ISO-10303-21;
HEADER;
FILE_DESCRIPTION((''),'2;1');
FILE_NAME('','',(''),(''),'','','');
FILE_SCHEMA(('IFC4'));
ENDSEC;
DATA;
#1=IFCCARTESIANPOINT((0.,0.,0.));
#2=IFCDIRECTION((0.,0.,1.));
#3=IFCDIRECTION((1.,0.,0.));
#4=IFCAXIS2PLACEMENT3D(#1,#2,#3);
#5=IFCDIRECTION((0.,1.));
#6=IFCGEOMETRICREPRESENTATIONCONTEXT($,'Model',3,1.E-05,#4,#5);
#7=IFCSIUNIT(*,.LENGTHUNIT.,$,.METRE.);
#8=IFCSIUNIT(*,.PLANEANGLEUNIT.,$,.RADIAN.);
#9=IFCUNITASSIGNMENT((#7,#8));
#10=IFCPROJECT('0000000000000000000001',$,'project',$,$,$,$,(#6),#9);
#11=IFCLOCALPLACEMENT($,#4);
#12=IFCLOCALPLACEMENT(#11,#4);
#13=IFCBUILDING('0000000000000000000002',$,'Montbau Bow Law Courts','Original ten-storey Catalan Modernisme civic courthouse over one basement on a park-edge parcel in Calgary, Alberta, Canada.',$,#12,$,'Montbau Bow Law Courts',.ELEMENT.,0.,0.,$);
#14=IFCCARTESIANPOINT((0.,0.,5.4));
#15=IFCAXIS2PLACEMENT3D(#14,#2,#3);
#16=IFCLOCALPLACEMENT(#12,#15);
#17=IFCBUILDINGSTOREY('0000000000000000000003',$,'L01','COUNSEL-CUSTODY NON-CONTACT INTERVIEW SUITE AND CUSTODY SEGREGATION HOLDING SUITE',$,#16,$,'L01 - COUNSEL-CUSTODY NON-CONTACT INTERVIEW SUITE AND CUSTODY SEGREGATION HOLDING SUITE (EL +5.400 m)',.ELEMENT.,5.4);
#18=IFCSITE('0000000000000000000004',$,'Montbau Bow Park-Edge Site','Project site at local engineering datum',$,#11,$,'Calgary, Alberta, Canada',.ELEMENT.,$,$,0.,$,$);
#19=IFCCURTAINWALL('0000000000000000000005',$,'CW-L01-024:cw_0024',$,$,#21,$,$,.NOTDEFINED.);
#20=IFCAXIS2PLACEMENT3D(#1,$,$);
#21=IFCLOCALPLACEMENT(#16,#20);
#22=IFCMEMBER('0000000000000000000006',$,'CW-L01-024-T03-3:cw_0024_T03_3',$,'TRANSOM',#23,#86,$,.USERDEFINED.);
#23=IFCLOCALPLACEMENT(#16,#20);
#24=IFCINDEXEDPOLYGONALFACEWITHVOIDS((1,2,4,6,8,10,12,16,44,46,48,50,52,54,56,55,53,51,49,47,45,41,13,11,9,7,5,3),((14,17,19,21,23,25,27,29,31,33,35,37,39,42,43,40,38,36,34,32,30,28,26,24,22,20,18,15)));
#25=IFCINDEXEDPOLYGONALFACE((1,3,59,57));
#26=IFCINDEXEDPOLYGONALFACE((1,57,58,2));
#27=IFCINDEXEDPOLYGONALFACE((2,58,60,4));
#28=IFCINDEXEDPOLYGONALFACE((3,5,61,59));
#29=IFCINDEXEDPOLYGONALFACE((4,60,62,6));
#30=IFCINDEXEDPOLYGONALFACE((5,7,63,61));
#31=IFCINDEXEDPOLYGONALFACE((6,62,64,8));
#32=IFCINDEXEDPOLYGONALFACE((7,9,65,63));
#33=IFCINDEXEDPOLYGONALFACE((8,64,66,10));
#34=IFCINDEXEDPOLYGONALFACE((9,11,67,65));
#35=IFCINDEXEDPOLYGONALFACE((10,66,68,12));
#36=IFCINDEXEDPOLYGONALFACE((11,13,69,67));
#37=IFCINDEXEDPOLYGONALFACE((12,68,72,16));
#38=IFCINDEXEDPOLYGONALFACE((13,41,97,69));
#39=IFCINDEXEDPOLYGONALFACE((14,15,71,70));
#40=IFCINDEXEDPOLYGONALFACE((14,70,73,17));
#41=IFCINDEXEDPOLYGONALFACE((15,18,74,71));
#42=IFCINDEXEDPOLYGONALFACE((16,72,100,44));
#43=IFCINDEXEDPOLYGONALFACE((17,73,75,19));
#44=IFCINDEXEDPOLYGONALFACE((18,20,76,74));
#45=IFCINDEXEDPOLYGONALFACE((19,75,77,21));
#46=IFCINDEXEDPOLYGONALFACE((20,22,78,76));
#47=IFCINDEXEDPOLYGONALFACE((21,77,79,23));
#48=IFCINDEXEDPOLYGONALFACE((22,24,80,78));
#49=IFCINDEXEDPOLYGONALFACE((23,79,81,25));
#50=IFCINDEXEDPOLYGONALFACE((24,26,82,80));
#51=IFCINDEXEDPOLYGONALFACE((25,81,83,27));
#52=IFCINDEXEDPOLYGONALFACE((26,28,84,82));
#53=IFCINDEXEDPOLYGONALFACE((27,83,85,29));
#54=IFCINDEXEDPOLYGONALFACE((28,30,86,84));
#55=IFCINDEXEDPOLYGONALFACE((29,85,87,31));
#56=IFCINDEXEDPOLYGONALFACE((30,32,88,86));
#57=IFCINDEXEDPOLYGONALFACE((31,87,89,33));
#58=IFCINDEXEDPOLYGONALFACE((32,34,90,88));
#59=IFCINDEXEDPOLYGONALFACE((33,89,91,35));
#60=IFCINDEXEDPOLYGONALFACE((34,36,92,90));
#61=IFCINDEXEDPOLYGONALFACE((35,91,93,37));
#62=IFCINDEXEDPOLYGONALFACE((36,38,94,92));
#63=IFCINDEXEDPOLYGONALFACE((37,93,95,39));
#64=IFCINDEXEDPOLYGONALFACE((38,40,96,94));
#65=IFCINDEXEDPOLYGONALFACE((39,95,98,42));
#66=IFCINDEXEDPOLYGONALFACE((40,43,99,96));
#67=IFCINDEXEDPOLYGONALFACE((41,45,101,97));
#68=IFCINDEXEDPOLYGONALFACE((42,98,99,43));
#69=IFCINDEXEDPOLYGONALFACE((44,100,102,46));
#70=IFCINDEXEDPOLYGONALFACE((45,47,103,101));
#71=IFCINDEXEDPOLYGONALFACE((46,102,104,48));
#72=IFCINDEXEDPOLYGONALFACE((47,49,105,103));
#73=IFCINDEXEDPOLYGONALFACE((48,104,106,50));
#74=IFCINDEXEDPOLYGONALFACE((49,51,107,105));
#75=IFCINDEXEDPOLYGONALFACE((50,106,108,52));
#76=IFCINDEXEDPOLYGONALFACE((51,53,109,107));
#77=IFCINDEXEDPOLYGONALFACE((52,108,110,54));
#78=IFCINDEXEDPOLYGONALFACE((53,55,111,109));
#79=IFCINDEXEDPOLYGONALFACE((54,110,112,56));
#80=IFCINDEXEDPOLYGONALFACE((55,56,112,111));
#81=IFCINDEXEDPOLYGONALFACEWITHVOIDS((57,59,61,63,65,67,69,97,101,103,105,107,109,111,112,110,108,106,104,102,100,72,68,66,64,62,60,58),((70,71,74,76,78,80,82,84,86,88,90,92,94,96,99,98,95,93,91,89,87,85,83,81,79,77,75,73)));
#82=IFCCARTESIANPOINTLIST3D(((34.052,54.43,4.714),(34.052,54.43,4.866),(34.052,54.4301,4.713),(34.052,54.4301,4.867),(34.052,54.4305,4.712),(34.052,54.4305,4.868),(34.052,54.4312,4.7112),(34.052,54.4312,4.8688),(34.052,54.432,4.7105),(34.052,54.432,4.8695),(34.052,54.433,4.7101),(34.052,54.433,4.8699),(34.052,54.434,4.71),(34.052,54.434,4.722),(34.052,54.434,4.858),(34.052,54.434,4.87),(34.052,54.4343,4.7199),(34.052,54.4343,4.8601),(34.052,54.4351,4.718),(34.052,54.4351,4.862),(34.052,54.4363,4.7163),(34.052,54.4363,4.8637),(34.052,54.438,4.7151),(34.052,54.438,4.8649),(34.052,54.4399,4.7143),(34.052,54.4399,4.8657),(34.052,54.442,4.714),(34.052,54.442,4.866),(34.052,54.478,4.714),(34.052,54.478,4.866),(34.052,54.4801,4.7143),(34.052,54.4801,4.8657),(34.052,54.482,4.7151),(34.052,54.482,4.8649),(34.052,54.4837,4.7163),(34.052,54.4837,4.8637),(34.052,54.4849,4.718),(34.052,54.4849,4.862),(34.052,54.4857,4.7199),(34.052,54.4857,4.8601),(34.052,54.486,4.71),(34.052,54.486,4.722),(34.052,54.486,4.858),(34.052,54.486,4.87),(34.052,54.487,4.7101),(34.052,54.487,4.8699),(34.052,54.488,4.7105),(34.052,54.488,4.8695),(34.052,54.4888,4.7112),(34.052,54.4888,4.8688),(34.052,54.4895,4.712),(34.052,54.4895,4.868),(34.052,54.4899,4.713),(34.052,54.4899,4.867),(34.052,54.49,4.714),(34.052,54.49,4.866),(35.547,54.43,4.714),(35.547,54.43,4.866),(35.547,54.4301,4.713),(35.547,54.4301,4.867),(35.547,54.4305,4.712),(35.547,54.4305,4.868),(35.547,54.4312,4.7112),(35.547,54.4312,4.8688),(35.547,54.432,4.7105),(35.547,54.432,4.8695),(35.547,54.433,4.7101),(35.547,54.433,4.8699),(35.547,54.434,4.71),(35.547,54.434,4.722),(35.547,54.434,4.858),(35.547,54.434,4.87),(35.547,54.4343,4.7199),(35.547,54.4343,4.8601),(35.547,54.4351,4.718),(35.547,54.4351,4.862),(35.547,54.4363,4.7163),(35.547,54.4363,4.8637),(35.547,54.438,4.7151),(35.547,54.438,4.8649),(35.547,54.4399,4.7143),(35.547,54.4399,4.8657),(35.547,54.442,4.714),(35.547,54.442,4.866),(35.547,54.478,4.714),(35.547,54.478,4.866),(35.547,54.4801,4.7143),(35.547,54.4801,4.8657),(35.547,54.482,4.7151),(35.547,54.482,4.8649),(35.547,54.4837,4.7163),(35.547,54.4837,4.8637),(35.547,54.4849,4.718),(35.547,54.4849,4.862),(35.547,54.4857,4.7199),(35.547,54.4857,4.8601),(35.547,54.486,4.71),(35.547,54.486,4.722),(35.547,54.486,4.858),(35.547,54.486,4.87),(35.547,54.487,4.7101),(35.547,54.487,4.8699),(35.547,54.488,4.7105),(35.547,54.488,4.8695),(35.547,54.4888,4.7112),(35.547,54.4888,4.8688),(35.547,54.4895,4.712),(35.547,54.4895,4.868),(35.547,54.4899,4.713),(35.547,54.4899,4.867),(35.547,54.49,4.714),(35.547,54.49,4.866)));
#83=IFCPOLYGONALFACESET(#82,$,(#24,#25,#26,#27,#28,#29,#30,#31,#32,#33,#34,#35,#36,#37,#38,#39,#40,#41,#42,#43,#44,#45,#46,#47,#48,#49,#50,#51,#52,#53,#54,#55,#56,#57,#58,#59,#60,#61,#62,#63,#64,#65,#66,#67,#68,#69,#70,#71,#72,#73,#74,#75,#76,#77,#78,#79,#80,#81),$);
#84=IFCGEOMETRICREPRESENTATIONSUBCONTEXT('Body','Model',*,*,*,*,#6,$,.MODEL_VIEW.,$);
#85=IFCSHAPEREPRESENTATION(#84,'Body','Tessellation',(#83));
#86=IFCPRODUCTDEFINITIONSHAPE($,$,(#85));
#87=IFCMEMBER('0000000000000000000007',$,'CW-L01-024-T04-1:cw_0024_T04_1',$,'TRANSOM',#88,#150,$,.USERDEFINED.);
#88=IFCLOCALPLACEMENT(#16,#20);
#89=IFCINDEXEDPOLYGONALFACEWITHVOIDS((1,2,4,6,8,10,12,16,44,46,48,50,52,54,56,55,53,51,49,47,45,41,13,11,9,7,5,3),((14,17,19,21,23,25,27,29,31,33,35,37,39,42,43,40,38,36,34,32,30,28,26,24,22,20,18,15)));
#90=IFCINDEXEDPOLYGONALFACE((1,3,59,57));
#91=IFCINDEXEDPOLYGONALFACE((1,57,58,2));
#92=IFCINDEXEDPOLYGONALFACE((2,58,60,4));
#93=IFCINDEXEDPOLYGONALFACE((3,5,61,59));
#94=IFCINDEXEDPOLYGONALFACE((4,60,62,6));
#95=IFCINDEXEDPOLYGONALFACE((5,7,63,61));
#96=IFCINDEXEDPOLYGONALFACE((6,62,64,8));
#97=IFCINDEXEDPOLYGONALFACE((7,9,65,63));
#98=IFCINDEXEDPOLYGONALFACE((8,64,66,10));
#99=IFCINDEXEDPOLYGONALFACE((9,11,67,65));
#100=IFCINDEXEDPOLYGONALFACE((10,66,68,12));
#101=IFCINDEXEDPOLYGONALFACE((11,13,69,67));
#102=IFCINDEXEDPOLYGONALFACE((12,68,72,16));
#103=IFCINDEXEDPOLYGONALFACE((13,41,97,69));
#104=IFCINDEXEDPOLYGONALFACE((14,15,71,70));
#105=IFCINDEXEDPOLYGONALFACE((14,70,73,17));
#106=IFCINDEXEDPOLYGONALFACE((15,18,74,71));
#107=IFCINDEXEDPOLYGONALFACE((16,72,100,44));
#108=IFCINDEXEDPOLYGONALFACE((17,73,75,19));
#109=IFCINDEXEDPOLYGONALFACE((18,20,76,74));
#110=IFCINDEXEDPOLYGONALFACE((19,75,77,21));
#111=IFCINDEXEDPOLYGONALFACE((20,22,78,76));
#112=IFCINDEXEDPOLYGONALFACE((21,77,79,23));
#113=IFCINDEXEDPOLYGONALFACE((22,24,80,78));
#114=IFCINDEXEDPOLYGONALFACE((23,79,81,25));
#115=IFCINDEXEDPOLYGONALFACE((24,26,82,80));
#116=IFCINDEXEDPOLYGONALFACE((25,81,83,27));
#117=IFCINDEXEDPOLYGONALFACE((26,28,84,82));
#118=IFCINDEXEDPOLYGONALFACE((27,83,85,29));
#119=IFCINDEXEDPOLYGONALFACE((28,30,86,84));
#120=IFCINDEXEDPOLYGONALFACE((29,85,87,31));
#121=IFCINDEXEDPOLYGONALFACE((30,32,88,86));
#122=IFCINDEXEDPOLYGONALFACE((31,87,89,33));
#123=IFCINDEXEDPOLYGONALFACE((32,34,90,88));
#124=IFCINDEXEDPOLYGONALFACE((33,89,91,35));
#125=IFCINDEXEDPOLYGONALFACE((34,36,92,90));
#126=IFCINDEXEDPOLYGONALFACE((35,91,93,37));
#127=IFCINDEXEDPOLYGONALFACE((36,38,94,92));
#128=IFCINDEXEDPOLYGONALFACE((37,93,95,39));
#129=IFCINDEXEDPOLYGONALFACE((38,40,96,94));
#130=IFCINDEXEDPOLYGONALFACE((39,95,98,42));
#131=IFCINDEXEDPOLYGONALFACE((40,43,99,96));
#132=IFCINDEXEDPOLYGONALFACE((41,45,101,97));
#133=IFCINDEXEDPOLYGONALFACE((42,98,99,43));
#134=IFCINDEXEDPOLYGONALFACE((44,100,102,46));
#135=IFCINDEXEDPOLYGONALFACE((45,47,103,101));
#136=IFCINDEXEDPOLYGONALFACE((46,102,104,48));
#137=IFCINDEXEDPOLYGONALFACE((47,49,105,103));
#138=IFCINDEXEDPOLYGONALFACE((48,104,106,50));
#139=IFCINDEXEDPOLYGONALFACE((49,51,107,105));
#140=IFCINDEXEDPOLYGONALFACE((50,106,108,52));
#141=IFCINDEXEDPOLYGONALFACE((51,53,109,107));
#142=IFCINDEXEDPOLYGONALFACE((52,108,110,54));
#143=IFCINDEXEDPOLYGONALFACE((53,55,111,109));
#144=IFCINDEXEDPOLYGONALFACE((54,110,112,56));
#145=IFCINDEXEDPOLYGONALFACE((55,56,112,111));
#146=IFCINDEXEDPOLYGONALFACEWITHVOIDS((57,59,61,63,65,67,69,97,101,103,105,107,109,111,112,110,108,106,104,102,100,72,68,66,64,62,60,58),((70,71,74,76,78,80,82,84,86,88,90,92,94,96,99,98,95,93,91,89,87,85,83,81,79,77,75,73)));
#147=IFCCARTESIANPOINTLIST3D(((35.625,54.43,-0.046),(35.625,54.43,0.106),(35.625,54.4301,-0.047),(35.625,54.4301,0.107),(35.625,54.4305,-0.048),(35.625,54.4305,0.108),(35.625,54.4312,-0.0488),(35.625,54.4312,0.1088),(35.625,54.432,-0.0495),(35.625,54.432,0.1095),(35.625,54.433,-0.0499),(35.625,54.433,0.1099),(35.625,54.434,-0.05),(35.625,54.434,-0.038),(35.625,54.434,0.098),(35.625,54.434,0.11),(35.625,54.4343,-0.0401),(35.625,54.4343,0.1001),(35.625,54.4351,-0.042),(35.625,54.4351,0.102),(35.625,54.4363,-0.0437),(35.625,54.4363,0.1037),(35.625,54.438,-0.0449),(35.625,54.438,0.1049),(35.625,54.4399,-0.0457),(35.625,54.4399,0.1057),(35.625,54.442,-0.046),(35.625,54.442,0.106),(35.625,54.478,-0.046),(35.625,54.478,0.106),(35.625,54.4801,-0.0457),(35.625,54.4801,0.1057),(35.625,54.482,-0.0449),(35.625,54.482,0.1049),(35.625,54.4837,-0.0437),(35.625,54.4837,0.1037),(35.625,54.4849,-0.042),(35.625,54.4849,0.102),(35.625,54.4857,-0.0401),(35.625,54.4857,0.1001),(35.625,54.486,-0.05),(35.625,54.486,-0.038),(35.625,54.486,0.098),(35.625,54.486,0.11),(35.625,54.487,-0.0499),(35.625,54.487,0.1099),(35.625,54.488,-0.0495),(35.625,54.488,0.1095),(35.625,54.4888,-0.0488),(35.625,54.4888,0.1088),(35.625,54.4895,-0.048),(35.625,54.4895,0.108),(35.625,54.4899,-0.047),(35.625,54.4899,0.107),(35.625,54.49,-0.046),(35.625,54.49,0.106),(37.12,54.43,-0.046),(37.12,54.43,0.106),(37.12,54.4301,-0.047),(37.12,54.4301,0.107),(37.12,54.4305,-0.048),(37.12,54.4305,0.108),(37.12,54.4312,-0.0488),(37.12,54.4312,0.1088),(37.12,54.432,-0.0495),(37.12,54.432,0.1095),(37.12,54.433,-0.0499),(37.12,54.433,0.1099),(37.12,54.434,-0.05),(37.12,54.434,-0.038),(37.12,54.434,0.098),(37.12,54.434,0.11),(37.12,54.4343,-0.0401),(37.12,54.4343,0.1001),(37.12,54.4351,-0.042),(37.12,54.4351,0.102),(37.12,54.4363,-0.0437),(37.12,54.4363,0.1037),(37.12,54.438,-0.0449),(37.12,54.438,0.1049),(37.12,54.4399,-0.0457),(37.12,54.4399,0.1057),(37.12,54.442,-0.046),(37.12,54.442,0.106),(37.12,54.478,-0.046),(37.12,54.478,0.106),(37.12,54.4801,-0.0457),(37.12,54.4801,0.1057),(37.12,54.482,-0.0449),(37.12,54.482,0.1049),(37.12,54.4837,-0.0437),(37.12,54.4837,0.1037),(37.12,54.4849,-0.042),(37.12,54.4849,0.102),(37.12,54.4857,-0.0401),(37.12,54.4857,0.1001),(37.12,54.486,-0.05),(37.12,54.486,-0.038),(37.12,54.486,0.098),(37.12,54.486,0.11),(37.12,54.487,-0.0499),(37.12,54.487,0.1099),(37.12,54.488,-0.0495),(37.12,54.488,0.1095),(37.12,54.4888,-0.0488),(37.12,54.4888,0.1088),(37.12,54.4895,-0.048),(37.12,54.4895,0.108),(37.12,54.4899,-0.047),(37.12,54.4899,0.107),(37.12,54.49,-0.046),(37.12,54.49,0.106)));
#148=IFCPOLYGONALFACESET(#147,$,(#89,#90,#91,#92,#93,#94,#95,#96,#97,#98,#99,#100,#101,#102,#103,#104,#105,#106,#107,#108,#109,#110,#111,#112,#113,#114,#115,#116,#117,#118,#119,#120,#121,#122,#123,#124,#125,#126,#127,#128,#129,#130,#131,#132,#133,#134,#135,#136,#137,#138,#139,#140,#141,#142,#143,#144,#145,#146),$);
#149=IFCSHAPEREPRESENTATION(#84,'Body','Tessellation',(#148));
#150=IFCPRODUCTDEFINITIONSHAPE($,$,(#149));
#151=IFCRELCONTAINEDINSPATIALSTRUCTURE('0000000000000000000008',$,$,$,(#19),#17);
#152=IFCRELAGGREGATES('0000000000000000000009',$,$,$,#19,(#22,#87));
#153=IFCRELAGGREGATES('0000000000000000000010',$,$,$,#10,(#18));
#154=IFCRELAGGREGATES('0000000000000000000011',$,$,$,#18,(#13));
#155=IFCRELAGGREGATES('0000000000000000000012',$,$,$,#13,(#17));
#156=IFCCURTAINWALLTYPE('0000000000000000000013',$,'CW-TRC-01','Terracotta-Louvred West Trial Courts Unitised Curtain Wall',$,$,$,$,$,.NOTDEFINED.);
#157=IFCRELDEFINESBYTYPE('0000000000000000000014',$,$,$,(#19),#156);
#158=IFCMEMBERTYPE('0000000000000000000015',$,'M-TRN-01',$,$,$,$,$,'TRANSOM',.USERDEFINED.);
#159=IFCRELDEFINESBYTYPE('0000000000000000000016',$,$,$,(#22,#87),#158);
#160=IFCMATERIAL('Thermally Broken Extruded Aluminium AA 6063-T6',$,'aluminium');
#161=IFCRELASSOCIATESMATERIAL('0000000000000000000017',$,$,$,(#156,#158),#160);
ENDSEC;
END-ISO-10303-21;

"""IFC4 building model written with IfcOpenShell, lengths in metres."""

from ifc_helpers import new_model, si_unit, direction, frame, origin_with_axes, origin_2d_with_axis, place, context, subcontext, project, spatial, hollow_rectangle, extrude, material, material_profile, profile_set, type_object, element, aggregate, save


model = new_model("IFC4")

# Units and contexts
model_context = context("Model", 3, precision=1e-05, world=origin_with_axes(), true_north=direction((0.0, 1.0)))
body_context = subcontext(model_context, "Body", "Model", "MODEL_VIEW")
ifc_project = project(units=[si_unit("LENGTHUNIT", "METRE"), si_unit("PLANEANGLEUNIT", "RADIAN")], contexts=[model_context])

# Site, building, storey
site_placement = place(None, origin_with_axes())
site = spatial("IfcSite", under=ifc_project, at=site_placement, Name="Montbau Bow Park-Edge Site", Description="Project site at local engineering datum", LongName="Calgary, Alberta, Canada", CompositionType="ELEMENT", RefElevation=0.0)
building_placement = place(site_placement, origin_with_axes())
building = spatial("IfcBuilding", under=site, at=building_placement, Name="Montbau Bow Law Courts", Description="Original ten-storey Catalan Modernisme civic courthouse over one basement on a park-edge parcel in Calgary, Alberta, Canada.", LongName="Montbau Bow Law Courts", CompositionType="ELEMENT", ElevationOfRefHeight=0.0, ElevationOfTerrain=0.0)
storey_placement = place(building_placement, frame((0.0, 0.0, 5.4), z_axis=(0.0, 0.0, 1.0), x_axis=(1.0, 0.0, 0.0)))
storey = spatial("IfcBuildingStorey", under=building, at=storey_placement, Name="L01", Description="COUNSEL-CUSTODY NON-CONTACT INTERVIEW SUITE AND CUSTODY SEGREGATION HOLDING SUITE", LongName="L01 - COUNSEL-CUSTODY NON-CONTACT INTERVIEW SUITE AND CUSTODY SEGREGATION HOLDING SUITE (EL +5.400 m)", CompositionType="ELEMENT", Elevation=5.4)

# Curtain wall
ifc_material_1 = material(Name="Thermally Broken Extruded Aluminium AA 6063-T6", Category="aluminium")
curtain_wall_type = type_object("IfcCurtainWallType", Name="CW-TRC-01", Description="Terracotta-Louvred West Trial Courts Unitised Curtain Wall", PredefinedType="NOTDEFINED", material=ifc_material_1)
curtain_wall_1_placement = place(None, frame((30.867, 54.46, 5.4), z_axis=(0.0, 0.0, 1.0), x_axis=(1.0, 0.0, 0.0)))
curtain_wall_1 = element("IfcCurtainWall", 1, at=curtain_wall_1_placement, inside=storey, type_object=curtain_wall_type, Name="CW-L01-024:cw_0024", PredefinedType="NOTDEFINED")

# Members
ifc_material_profile_1 = material_profile(ifc_material_1, hollow_rectangle(XDim=0.06, YDim=0.16, WallThickness=0.004, InnerFilletRadius=0.008, OuterFilletRadius=0.004, at=origin_2d_with_axis()), Name="CWT-160X60", Category="Main", Priority=0)
ifc_profile_set_1 = profile_set([ifc_material_profile_1], Name="Thermally Broken Extruded Aluminium AA 6063-T6")
member_type_1 = type_object("IfcMemberType", Name="M-TRN-01", ElementType="TRANSOM", PredefinedType="USERDEFINED", material=ifc_profile_set_1)
member_1_placement = place(None, frame((34.052, 54.46, 10.19), z_axis=(1.0, 0.0, 0.0), x_axis=(0.0, 1.0, 0.0)))
member_1 = element("IfcMember", 2, at=member_1_placement, type_object=member_type_1, Name="CW-L01-024-T03-3:cw_0024_T03_3", ObjectType="TRANSOM", PredefinedType="USERDEFINED", context=body_context, shape_type="SweptSolid", body=[
    extrude(hollow_rectangle(XDim=0.06, YDim=0.16, WallThickness=0.004, InnerFilletRadius=0.008, OuterFilletRadius=0.004, at=origin_2d_with_axis()), origin_with_axes(), (0.0, 0.0, 1.0), 1.495),
])
member_2_placement = place(None, frame((35.625, 54.46, 5.43), z_axis=(1.0, 0.0, 0.0), x_axis=(0.0, 1.0, 0.0)))
member_2 = element("IfcMember", 3, at=member_2_placement, type_object=member_type_1, Name="CW-L01-024-T04-1:cw_0024_T04_1", ObjectType="TRANSOM", PredefinedType="USERDEFINED", context=body_context, shape_type="SweptSolid", body=[
    extrude(hollow_rectangle(XDim=0.06, YDim=0.16, WallThickness=0.004, InnerFilletRadius=0.008, OuterFilletRadius=0.004, at=origin_2d_with_axis()), origin_with_axes(), (0.0, 0.0, 1.0), 1.495),
])

aggregate(curtain_wall_1, [member_1, member_2])

save(model, "model.ifc")
